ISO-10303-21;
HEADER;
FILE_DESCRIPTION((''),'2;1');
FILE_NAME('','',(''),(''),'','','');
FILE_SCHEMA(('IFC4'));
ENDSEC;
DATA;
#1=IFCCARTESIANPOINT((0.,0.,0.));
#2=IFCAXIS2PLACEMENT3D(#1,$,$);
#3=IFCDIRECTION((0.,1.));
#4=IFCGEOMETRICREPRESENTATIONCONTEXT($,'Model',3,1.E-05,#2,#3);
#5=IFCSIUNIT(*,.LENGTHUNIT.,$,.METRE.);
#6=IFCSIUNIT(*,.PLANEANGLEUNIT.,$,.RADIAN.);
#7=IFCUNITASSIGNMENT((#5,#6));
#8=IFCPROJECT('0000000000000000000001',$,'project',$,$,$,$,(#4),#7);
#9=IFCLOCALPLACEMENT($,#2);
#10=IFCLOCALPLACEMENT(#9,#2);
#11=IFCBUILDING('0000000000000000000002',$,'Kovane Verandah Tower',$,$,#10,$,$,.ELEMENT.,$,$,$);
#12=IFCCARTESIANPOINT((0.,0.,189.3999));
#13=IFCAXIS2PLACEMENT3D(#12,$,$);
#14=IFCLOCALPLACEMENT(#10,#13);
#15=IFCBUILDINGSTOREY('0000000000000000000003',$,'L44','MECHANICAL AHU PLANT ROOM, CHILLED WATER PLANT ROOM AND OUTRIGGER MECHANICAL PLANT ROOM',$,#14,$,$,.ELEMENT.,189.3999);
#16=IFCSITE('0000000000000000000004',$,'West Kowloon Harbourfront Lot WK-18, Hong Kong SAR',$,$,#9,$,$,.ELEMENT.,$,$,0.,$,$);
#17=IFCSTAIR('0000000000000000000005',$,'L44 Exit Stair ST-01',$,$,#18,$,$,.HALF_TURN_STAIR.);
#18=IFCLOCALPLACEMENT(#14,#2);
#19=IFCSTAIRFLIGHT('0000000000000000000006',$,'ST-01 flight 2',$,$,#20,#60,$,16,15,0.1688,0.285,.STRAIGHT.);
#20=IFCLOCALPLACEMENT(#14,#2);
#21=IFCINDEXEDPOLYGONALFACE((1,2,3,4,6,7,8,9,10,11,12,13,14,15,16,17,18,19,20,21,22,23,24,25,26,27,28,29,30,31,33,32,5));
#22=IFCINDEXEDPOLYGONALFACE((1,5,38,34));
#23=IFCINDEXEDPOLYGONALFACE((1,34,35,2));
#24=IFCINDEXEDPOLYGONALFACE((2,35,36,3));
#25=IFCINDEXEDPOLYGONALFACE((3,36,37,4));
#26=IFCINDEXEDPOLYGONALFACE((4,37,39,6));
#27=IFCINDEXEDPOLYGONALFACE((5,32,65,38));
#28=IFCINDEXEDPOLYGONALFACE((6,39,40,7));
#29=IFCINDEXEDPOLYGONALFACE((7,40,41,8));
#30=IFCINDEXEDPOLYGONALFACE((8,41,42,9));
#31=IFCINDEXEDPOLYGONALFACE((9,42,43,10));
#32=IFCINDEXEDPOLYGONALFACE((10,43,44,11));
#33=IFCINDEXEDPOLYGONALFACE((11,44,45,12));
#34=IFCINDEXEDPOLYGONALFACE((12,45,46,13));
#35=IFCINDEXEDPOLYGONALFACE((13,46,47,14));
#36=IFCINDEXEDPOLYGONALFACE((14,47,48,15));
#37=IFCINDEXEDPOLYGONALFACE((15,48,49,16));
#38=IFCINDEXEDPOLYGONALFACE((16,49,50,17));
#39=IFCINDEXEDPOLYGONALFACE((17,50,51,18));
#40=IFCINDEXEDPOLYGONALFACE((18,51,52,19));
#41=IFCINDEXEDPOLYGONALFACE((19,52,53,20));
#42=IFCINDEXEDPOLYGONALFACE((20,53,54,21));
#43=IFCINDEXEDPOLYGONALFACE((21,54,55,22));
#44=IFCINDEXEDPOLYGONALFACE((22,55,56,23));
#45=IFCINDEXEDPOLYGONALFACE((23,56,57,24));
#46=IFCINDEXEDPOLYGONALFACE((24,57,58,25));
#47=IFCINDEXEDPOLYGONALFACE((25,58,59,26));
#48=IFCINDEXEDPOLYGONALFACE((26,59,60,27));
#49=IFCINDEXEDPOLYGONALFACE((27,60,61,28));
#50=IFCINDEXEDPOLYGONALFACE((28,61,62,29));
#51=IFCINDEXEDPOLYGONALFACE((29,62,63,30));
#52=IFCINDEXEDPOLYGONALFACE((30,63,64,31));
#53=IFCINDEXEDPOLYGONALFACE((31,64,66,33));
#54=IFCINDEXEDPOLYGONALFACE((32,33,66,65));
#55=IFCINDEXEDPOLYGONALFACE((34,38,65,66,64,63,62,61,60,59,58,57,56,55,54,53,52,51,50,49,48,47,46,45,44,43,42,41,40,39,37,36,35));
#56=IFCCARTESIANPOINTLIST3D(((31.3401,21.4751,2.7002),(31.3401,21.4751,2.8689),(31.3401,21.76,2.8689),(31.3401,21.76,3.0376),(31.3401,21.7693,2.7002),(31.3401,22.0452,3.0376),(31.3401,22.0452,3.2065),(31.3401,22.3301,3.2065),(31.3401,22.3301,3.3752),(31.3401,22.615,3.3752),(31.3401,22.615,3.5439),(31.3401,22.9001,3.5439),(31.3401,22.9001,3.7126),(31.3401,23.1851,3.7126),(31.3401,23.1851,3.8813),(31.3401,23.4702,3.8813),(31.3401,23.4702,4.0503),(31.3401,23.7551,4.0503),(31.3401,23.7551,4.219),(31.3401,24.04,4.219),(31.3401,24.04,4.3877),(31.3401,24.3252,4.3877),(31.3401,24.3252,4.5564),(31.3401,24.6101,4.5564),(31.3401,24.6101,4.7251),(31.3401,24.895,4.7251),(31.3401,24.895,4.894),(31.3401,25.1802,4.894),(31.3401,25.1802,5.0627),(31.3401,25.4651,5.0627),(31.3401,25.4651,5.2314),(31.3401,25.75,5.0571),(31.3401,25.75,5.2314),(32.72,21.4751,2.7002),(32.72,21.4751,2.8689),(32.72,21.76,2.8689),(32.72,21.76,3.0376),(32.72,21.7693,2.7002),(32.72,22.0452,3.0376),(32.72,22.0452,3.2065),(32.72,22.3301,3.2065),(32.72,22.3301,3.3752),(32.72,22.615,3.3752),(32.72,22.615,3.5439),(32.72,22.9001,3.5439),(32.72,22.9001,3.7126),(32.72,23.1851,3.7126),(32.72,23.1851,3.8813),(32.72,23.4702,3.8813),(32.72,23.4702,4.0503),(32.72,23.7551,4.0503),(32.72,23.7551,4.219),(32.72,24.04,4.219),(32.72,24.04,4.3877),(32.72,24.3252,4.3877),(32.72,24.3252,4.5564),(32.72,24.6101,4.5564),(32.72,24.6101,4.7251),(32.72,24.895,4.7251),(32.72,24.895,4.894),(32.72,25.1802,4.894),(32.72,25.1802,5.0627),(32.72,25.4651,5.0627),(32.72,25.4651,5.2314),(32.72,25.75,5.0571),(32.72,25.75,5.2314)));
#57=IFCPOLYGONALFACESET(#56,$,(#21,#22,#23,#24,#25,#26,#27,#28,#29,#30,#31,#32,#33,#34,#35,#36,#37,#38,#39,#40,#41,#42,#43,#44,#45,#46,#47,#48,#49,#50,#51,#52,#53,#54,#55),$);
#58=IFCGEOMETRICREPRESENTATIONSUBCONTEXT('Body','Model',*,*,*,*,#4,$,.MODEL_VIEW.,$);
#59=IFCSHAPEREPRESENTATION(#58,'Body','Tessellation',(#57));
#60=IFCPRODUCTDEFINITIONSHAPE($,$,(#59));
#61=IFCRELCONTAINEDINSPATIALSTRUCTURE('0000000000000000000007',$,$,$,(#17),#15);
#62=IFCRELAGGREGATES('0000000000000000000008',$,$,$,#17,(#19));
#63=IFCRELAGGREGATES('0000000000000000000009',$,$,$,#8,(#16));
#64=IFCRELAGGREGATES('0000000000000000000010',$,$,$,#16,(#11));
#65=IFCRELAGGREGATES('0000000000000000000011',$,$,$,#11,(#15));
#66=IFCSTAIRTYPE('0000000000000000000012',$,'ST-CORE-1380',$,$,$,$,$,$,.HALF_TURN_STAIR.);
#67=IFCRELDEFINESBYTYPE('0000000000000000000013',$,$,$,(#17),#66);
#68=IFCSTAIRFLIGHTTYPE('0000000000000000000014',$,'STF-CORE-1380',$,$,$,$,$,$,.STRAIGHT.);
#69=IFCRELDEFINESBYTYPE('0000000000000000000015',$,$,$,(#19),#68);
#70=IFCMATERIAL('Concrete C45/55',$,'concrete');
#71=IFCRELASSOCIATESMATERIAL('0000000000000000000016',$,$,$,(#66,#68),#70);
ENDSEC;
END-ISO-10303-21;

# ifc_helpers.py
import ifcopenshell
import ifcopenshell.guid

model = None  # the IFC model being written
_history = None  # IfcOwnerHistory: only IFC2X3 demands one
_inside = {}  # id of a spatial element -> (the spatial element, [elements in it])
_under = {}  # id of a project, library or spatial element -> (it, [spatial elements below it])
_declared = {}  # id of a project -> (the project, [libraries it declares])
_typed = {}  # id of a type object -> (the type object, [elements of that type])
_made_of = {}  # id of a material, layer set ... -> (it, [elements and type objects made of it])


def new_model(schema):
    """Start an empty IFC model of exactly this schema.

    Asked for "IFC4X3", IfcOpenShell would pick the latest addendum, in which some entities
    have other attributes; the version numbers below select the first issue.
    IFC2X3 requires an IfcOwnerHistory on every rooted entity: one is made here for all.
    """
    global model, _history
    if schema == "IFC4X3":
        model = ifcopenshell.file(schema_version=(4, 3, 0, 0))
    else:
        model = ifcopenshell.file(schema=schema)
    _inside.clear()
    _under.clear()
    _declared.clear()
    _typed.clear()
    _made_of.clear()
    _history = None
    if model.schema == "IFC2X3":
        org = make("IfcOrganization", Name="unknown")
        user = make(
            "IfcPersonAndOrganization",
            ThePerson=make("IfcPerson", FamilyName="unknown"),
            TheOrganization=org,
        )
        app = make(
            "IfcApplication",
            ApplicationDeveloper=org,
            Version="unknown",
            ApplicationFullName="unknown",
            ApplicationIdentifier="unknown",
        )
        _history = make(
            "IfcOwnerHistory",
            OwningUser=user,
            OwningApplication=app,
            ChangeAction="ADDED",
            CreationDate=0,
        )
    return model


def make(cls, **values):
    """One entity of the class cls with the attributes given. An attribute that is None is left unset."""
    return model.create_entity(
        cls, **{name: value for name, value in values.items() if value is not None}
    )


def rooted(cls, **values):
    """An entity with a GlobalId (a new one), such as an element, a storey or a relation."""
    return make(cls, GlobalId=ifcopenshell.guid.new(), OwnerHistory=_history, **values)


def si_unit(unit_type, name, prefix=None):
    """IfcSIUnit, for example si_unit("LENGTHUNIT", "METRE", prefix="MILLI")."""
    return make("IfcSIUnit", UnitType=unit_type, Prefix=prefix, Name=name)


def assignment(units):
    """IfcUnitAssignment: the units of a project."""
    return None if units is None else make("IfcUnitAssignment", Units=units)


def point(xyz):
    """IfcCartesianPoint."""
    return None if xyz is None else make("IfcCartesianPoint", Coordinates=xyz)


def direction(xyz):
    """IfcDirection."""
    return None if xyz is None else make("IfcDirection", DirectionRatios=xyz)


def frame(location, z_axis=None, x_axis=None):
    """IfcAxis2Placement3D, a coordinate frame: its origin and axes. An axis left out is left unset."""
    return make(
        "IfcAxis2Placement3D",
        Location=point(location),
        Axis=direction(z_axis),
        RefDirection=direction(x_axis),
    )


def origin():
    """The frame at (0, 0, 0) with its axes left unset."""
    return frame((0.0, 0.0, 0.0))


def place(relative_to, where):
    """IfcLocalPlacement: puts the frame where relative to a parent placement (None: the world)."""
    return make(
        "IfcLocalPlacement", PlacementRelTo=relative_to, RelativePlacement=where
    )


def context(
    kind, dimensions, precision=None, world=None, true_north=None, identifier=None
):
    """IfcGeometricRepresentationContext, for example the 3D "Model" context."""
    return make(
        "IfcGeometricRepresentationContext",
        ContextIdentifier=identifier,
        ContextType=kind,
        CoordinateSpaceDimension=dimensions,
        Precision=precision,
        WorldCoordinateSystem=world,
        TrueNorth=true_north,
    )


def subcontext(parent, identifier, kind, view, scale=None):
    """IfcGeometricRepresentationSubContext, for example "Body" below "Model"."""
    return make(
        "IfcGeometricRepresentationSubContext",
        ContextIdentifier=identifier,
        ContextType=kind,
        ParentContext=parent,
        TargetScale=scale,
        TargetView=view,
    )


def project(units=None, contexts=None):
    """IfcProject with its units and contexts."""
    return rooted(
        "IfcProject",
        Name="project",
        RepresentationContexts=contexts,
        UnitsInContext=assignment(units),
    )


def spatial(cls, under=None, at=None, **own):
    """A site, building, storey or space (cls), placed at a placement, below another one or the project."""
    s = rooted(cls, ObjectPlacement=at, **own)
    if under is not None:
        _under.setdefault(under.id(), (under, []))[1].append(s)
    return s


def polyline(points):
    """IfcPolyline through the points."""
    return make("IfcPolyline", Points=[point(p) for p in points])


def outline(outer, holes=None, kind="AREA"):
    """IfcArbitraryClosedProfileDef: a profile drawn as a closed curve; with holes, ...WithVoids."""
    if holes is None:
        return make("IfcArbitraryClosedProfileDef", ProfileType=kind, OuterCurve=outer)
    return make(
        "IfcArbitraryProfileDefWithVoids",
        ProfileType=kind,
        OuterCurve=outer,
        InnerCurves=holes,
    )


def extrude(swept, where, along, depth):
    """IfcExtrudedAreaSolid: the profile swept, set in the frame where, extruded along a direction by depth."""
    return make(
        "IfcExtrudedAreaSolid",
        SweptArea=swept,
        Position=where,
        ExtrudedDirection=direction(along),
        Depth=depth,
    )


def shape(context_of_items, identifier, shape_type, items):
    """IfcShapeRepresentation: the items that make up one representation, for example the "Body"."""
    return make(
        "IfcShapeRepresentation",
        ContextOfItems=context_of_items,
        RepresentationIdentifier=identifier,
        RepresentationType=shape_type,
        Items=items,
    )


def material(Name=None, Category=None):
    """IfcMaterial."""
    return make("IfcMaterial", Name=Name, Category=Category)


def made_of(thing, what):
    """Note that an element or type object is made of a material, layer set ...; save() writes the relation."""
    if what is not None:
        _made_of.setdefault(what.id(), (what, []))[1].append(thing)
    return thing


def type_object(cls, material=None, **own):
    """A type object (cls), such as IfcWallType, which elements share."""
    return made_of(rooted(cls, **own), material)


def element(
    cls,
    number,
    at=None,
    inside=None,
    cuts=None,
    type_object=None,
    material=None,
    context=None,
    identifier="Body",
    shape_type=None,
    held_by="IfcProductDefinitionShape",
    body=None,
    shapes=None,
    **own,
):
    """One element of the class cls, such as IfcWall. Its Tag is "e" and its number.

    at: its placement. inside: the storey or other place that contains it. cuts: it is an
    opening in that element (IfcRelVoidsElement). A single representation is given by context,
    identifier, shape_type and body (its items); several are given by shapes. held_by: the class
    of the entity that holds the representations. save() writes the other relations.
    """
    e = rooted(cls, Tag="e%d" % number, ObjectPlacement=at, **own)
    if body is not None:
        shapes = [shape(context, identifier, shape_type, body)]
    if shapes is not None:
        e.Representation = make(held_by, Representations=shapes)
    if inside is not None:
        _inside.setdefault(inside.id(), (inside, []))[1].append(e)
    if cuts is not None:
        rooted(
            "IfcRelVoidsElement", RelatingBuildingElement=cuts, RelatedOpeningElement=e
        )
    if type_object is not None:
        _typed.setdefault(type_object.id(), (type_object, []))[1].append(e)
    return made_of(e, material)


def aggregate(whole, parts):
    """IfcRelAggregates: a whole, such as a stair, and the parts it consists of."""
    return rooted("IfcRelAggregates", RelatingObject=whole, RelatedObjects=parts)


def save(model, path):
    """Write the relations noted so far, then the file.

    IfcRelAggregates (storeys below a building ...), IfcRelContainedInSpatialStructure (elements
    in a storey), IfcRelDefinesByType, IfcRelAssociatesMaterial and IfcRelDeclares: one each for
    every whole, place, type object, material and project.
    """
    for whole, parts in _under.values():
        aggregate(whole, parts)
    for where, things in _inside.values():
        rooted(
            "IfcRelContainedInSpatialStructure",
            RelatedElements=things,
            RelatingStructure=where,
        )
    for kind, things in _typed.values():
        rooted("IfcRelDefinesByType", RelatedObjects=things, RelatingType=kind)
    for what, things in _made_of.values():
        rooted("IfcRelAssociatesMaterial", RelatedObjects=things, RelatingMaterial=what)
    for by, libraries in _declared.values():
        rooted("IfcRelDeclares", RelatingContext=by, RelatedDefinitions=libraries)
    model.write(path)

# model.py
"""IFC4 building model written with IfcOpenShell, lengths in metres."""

from ifc_helpers import new_model, si_unit, direction, frame, origin, place, context, subcontext, project, spatial, polyline, outline, extrude, material, type_object, element, aggregate, save


model = new_model("IFC4")

# Units and contexts
model_context = context("Model", 3, precision=1e-05, world=origin(), true_north=direction((0.0, 1.0)))
body_context = subcontext(model_context, "Body", "Model", "MODEL_VIEW")
ifc_project = project(units=[si_unit("LENGTHUNIT", "METRE"), si_unit("PLANEANGLEUNIT", "RADIAN")], contexts=[model_context])

# Site, building, storey
site_placement = place(None, origin())
site = spatial("IfcSite", under=ifc_project, at=site_placement, Name="West Kowloon Harbourfront Lot WK-18, Hong Kong SAR", CompositionType="ELEMENT", RefElevation=0.0)
building_placement = place(site_placement, origin())
building = spatial("IfcBuilding", under=site, at=building_placement, Name="Kovane Verandah Tower", CompositionType="ELEMENT")
storey_placement = place(building_placement, frame((0.0, 0.0, 189.3999)))
storey = spatial("IfcBuildingStorey", under=building, at=storey_placement, Name="L44", Description="MECHANICAL AHU PLANT ROOM, CHILLED WATER PLANT ROOM AND OUTRIGGER MECHANICAL PLANT ROOM", CompositionType="ELEMENT", Elevation=189.3999)

# Shared definitions
ifc_material_1 = material(Name="Concrete C45/55", Category="concrete")

# Stair, stair flight
stair_type = type_object("IfcStairType", Name="ST-CORE-1380", PredefinedType="HALF_TURN_STAIR", material=ifc_material_1)
stair_placement = place(storey_placement, origin())
stair = element("IfcStair", 1, at=stair_placement, inside=storey, type_object=stair_type, Name="L44 Exit Stair ST-01", PredefinedType="HALF_TURN_STAIR")
stair_flight_type = type_object("IfcStairFlightType", Name="STF-CORE-1380", PredefinedType="STRAIGHT", material=ifc_material_1)
stair_flight_1_placement = place(storey_placement, frame((32.03, 21.4751, 2.7002), z_axis=(0.0, 0.0, 1.0), x_axis=(0.0, 1.0, 0.0)))
stair_flight_1 = element("IfcStairFlight", 2, at=stair_flight_1_placement, type_object=stair_flight_type, Name="ST-01 flight 2", NumberOfRisers=16, NumberOfTreads=15, PredefinedType="STRAIGHT", RiserHeight=0.1688, TreadLength=0.285, context=body_context, shape_type="SweptSolid", body=[
    extrude(outline(polyline([(0.0, 0.0), (0.0, 0.1687), (0.2849, 0.1687), (0.2849, 0.3374), (0.5701, 0.3374), (0.5701, 0.5063), (0.855, 0.5063), (0.855, 0.675), (1.1399, 0.675), (1.1399, 0.8438), (1.425, 0.8438), (1.425, 1.0125), (1.71, 1.0125), (1.71, 1.1812), (1.9951, 1.1812), (1.9951, 1.3501), (2.28, 1.3501), (2.28, 1.5188), (2.5649, 1.5188), (2.5649, 1.6875), (2.8501, 1.6875), (2.8501, 1.8562), (3.135, 1.8562), (3.135, 2.0249), (3.4199, 2.0249), (3.4199, 2.1938), (3.7051, 2.1938), (3.7051, 2.3625), (3.99, 2.3625), (3.99, 2.5312), (4.2749, 2.5312), (4.2749, 2.7), (4.2749, 2.3569), (0.2942, 0.0), (0.0, 0.0)])), frame((0.0, 0.6899, 0.0), z_axis=(0.0, -1.0, 0.0), x_axis=(1.0, 0.0, 0.0)), (0.0, 0.0, 1.0), 1.3799),
])
aggregate(stair, [stair_flight_1])

save(model, "model.ifc")
